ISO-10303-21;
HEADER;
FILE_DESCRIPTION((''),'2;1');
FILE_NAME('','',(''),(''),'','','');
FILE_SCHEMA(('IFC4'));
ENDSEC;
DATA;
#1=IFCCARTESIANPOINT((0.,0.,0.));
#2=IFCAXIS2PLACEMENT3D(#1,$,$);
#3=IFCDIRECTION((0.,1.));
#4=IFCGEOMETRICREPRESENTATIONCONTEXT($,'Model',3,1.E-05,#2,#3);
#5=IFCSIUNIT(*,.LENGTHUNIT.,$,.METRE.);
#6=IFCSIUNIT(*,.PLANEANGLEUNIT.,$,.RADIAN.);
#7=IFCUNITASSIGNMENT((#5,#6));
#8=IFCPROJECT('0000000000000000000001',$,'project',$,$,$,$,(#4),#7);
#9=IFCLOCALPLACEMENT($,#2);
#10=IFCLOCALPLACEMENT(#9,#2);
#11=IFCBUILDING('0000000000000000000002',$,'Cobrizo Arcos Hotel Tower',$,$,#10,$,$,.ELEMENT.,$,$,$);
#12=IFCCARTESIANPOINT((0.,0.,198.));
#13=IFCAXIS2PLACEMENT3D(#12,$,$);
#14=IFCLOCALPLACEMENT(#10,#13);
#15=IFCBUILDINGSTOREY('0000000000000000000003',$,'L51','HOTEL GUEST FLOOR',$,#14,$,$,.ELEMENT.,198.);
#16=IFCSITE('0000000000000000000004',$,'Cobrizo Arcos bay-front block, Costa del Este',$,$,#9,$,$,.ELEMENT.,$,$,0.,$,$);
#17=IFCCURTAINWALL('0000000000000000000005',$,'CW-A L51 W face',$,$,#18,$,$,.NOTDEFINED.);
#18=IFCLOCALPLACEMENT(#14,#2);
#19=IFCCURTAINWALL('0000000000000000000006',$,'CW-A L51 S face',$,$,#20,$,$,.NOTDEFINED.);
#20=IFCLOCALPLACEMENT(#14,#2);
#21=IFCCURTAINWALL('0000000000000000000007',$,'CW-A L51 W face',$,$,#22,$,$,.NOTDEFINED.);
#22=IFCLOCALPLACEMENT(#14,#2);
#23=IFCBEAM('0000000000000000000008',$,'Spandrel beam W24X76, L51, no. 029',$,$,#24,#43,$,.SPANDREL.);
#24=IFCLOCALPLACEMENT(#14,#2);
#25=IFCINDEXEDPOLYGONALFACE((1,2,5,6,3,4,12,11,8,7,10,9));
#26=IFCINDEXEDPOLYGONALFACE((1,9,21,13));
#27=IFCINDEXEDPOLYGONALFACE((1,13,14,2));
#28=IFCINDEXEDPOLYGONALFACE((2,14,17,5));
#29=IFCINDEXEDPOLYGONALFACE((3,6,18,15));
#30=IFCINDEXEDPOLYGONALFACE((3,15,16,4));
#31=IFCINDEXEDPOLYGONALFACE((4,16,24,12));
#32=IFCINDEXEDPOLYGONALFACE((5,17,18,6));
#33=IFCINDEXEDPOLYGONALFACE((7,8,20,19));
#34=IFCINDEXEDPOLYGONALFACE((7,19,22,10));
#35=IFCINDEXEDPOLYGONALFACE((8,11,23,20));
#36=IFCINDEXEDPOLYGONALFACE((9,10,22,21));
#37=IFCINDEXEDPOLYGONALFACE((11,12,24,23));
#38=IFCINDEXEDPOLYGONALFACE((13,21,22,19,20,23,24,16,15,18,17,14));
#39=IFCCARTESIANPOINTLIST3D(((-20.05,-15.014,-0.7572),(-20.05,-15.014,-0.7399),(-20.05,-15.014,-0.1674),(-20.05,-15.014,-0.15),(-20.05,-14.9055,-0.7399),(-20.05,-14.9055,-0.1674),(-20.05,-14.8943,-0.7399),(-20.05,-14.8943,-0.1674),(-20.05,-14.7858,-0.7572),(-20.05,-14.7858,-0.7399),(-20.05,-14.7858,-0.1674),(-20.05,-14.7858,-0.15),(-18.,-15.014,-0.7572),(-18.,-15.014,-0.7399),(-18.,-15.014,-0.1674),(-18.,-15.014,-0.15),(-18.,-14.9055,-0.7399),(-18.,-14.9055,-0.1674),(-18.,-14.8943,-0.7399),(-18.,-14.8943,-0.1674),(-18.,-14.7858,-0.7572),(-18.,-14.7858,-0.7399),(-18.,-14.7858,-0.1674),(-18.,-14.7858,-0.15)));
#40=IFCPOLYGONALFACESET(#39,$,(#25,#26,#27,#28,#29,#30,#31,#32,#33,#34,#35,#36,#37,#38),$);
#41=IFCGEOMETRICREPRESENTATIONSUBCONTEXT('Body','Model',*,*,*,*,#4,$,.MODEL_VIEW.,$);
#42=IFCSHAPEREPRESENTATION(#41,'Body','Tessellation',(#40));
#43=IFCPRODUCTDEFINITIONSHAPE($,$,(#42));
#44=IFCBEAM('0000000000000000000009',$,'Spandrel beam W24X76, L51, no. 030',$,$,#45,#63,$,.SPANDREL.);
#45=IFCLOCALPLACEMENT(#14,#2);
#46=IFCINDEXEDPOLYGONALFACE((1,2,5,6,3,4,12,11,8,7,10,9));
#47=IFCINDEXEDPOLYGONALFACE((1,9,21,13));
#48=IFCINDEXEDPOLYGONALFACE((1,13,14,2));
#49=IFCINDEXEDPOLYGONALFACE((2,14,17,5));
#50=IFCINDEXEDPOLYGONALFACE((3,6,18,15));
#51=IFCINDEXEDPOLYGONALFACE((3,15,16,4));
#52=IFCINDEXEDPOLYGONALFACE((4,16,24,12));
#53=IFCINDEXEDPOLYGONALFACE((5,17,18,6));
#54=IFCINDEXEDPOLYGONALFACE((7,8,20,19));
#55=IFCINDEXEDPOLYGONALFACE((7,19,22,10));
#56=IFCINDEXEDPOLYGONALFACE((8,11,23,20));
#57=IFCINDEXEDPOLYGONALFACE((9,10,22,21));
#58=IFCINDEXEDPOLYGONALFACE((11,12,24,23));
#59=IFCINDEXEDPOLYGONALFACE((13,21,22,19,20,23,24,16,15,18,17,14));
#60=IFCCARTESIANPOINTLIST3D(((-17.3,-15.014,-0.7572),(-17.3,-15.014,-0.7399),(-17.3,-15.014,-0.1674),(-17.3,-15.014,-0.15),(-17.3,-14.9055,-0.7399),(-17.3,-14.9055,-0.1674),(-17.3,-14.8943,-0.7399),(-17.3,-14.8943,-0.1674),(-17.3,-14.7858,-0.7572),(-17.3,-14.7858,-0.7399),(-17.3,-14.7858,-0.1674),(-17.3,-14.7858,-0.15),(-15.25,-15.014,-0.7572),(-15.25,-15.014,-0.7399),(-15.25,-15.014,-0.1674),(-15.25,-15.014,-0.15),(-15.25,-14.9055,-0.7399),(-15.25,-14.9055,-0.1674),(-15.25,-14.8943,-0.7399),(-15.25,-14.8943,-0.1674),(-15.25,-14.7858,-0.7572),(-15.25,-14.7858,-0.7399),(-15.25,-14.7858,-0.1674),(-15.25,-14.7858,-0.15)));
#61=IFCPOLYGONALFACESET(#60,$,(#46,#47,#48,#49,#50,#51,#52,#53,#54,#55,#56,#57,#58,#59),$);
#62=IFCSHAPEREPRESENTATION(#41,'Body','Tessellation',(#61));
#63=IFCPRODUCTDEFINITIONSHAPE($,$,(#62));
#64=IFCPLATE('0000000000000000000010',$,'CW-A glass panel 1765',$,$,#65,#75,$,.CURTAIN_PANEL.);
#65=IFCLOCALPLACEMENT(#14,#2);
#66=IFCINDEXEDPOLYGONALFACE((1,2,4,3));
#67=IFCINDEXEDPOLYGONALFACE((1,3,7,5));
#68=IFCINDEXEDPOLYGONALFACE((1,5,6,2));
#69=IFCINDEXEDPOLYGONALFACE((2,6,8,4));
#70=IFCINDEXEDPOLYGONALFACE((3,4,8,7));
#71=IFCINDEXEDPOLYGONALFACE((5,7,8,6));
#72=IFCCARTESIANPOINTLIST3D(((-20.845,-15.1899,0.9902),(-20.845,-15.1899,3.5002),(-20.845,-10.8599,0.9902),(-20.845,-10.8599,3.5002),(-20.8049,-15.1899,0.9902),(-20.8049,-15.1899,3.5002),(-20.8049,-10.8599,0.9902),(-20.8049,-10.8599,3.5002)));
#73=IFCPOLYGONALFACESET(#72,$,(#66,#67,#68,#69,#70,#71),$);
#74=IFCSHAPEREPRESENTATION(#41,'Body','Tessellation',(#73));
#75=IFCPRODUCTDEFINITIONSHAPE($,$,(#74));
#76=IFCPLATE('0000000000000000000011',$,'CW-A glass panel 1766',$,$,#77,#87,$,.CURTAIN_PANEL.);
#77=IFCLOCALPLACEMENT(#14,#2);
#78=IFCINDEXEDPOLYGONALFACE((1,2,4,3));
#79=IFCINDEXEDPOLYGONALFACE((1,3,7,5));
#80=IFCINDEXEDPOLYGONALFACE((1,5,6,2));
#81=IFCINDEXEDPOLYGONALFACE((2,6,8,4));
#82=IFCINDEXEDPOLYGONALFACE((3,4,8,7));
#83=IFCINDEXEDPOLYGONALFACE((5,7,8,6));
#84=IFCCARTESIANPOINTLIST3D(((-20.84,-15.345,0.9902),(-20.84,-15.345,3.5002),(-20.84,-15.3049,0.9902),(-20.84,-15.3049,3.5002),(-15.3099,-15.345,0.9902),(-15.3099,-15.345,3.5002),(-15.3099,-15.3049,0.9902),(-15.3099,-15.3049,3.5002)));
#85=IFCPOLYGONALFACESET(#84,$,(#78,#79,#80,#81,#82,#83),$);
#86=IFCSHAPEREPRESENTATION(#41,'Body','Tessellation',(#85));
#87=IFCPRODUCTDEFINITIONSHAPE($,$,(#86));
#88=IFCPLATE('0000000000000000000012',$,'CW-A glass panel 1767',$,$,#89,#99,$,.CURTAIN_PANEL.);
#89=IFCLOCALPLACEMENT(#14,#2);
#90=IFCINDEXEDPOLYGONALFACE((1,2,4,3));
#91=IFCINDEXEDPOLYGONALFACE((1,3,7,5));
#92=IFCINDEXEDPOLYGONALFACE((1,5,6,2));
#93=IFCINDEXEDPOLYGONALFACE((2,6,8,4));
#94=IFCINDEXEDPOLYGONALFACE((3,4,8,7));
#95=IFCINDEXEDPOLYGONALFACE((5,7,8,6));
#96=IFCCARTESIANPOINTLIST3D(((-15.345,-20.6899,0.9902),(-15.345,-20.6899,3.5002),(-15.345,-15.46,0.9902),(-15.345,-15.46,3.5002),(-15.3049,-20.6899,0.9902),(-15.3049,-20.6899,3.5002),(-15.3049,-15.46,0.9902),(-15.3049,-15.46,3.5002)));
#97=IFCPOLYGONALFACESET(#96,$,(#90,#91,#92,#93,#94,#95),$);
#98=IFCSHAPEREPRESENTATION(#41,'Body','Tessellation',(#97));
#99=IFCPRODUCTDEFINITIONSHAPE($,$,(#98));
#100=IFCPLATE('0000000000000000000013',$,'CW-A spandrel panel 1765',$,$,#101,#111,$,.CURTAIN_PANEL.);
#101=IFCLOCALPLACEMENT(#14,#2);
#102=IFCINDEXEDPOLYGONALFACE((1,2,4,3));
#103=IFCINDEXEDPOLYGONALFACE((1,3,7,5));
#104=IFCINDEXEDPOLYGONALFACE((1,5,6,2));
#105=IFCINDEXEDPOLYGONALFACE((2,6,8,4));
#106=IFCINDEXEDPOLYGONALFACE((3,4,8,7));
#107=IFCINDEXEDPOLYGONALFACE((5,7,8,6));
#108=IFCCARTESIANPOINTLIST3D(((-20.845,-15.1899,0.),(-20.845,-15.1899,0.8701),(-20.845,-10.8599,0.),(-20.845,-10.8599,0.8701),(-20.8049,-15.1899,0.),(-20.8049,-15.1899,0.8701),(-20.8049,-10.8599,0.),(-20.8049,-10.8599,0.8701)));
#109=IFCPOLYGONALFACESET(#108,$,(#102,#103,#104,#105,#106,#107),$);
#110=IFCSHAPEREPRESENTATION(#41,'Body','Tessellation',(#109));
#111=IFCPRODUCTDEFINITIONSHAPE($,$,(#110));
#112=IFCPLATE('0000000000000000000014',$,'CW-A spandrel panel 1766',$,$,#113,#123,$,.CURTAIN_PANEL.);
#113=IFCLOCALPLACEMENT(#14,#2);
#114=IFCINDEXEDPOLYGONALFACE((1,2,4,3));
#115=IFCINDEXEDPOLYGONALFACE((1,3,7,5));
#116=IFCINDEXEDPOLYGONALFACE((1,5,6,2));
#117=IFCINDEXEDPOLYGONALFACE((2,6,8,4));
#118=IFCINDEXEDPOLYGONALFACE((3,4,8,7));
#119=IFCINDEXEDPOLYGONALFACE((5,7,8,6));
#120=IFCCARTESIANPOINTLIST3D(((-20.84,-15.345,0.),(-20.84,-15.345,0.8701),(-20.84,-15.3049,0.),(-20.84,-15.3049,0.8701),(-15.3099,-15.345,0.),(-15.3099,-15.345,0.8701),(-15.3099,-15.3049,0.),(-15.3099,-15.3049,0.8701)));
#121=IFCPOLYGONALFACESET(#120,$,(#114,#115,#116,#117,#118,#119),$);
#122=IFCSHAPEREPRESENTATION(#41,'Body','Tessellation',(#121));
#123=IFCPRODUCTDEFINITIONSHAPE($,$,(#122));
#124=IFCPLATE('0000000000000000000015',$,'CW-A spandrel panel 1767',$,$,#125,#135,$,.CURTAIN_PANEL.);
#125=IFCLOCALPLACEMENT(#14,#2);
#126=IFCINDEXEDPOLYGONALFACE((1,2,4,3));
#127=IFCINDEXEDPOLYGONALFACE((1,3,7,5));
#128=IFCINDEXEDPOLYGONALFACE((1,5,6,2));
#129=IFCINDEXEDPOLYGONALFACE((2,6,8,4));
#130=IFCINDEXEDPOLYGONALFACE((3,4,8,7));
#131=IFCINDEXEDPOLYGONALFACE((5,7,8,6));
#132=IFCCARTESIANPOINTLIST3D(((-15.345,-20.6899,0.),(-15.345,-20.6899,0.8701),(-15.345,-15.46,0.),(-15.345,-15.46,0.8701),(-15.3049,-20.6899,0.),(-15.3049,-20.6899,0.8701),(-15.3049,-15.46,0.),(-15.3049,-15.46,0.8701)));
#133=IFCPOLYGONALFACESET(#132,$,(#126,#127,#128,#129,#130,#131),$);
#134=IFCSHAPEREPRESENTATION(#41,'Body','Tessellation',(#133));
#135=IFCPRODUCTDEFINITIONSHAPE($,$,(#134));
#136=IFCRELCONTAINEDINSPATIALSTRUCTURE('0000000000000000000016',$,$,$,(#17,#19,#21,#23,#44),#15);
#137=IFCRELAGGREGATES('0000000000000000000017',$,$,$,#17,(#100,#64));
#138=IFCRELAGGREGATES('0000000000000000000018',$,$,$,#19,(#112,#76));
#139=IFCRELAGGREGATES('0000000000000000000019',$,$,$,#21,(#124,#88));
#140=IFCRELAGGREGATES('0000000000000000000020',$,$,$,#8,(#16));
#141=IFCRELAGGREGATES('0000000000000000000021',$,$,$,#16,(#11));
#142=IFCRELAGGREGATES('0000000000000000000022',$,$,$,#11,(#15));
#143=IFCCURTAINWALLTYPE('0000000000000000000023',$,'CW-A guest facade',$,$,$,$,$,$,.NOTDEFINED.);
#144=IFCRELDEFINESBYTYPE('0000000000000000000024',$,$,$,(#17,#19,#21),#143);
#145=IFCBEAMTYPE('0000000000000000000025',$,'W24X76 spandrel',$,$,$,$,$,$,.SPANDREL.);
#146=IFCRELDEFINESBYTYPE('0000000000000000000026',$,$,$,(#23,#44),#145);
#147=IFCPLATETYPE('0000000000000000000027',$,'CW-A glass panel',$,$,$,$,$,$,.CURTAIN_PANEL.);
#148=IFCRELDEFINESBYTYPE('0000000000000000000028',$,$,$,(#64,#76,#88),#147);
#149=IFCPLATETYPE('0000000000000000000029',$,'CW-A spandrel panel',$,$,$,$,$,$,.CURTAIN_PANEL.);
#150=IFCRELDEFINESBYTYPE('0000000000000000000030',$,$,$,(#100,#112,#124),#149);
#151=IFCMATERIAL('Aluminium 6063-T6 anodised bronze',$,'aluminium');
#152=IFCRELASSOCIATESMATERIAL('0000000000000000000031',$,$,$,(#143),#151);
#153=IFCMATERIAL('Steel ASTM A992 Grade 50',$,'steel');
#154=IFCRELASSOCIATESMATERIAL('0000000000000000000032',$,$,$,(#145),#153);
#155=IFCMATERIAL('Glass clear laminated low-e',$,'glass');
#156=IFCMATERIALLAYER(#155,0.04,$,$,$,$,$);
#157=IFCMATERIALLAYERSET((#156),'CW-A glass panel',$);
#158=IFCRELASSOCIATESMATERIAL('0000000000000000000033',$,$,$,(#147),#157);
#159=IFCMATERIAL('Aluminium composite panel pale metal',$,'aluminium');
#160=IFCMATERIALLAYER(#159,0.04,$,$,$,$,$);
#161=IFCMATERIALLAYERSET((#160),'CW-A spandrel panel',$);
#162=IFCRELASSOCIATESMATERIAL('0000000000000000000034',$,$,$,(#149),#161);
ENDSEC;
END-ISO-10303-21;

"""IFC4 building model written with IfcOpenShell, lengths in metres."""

from ifc_helpers import new_model, si_unit, direction, frame, origin, origin_2d, place, context, subcontext, project, spatial, rectangle, i_section, extrude, material, layer, layer_set, material_profile, profile_set, type_object, element, aggregate, save


model = new_model("IFC4")

# Units and contexts
model_context = context("Model", 3, precision=1e-05, world=origin(), true_north=direction((0.0, 1.0)))
body_context = subcontext(model_context, "Body", "Model", "MODEL_VIEW")
ifc_project = project(units=[si_unit("LENGTHUNIT", "METRE"), si_unit("PLANEANGLEUNIT", "RADIAN")], contexts=[model_context])

# Site, building, storey
site_placement = place(None, origin())
site = spatial("IfcSite", under=ifc_project, at=site_placement, Name="Cobrizo Arcos bay-front block, Costa del Este", CompositionType="ELEMENT", RefElevation=0.0)
building_placement = place(site_placement, origin())
building = spatial("IfcBuilding", under=site, at=building_placement, Name="Cobrizo Arcos Hotel Tower", CompositionType="ELEMENT")
storey_placement = place(building_placement, frame((0.0, 0.0, 198.0)))
storey = spatial("IfcBuildingStorey", under=building, at=storey_placement, Name="L51", Description="HOTEL GUEST FLOOR", CompositionType="ELEMENT", Elevation=198.0)

# Shared definitions
ifc_material_1 = material(Name="Aluminium 6063-T6 anodised bronze", Category="aluminium")
curtain_wall_type = type_object("IfcCurtainWallType", Name="CW-A guest facade", PredefinedType="NOTDEFINED", material=ifc_material_1)

# Curtain wall
curtain_wall_1_placement = place(storey_placement, origin())
curtain_wall_1 = element("IfcCurtainWall", 1, at=curtain_wall_1_placement, inside=storey, type_object=curtain_wall_type, Name="CW-A L51 W face", PredefinedType="NOTDEFINED")

# Curtain walls
curtain_wall_2_placement = place(storey_placement, origin())
curtain_wall_2 = element("IfcCurtainWall", 2, at=curtain_wall_2_placement, inside=storey, type_object=curtain_wall_type, Name="CW-A L51 S face", PredefinedType="NOTDEFINED")
curtain_wall_3_placement = place(storey_placement, origin())
curtain_wall_3 = element("IfcCurtainWall", 3, at=curtain_wall_3_placement, inside=storey, type_object=curtain_wall_type, Name="CW-A L51 W face", PredefinedType="NOTDEFINED")

# Beams
ifc_material_2 = material(Name="Steel ASTM A992 Grade 50", Category="steel")
ifc_material_profile_1 = material_profile(ifc_material_2, i_section(OverallWidth=0.2283, OverallDepth=0.6072, WebThickness=0.0112, FlangeThickness=0.0173, at=origin_2d()), Name="W24X76")
ifc_profile_set_1 = profile_set([ifc_material_profile_1], Name="Steel ASTM A992 Grade 50")
beam_type_1 = type_object("IfcBeamType", Name="W24X76 spandrel", PredefinedType="SPANDREL", material=ifc_profile_set_1)
for number, where, z_axis, x_axis, name in (
    (4, (-20.05, -14.8999, -0.4536), (1.0, 0.0, 0.0), (0.0, 1.0, 0.0), "Spandrel beam W24X76, L51, no. 029"),
    (5, (-17.3, -14.8999, -0.4536), (1.0, 0.0, 0.0), (0.0, 1.0, 0.0), "Spandrel beam W24X76, L51, no. 030"),
):
    element("IfcBeam", number, at=place(storey_placement, frame(where, z_axis=z_axis, x_axis=x_axis)), inside=storey, type_object=beam_type_1, Name=name, PredefinedType="SPANDREL", context=body_context, shape_type="SweptSolid", body=[
        extrude(i_section(OverallWidth=0.2283, OverallDepth=0.6072, WebThickness=0.0112, FlangeThickness=0.0173, at=origin_2d()), origin(), (0.0, 0.0, 1.0), 2.05),
    ])

# Plates
ifc_material_3 = material(Name="Glass clear laminated low-e", Category="glass")
ifc_layer_1 = layer(ifc_material_3, 0.04)
ifc_layer_set_1 = layer_set([ifc_layer_1], Name="CW-A glass panel")
plate_type_1 = type_object("IfcPlateType", Name="CW-A glass panel", PredefinedType="CURTAIN_PANEL", material=ifc_layer_set_1)
plate_1_placement = place(storey_placement, frame((-20.825, -13.0249, 0.9902), z_axis=(0.0, 0.0, 1.0), x_axis=(0.0, -1.0, 0.0)))
plate_1 = element("IfcPlate", 6, at=plate_1_placement, type_object=plate_type_1, Name="CW-A glass panel 1765", PredefinedType="CURTAIN_PANEL", context=body_context, shape_type="SweptSolid", body=[
    extrude(rectangle(XDim=4.3301, YDim=0.04, at=origin_2d()), origin(), (0.0, 0.0, 1.0), 2.51),
])
plate_2_placement = place(storey_placement, frame((-18.075, -15.325, 0.9902), z_axis=(0.0, 0.0, 1.0), x_axis=(1.0, 0.0, 0.0)))
plate_2 = element("IfcPlate", 7, at=plate_2_placement, type_object=plate_type_1, Name="CW-A glass panel 1766", PredefinedType="CURTAIN_PANEL", context=body_context, shape_type="SweptSolid", body=[
    extrude(rectangle(XDim=5.53, YDim=0.04, at=origin_2d()), origin(), (0.0, 0.0, 1.0), 2.51),
])
plate_3_placement = place(storey_placement, frame((-15.325, -18.075, 0.9902), z_axis=(0.0, 0.0, 1.0), x_axis=(0.0, -1.0, 0.0)))
plate_3 = element("IfcPlate", 8, at=plate_3_placement, type_object=plate_type_1, Name="CW-A glass panel 1767", PredefinedType="CURTAIN_PANEL", context=body_context, shape_type="SweptSolid", body=[
    extrude(rectangle(XDim=5.23, YDim=0.04, at=origin_2d()), origin(), (0.0, 0.0, 1.0), 2.51),
])
ifc_material_4 = material(Name="Aluminium composite panel pale metal", Category="aluminium")
ifc_layer_2 = layer(ifc_material_4, 0.04)
ifc_layer_set_2 = layer_set([ifc_layer_2], Name="CW-A spandrel panel")
plate_type_2 = type_object("IfcPlateType", Name="CW-A spandrel panel", PredefinedType="CURTAIN_PANEL", material=ifc_layer_set_2)
plate_4_placement = place(storey_placement, frame((-20.825, -13.0249, 0.0), z_axis=(0.0, 0.0, 1.0), x_axis=(0.0, -1.0, 0.0)))
plate_4 = element("IfcPlate", 9, at=plate_4_placement, type_object=plate_type_2, Name="CW-A spandrel panel 1765", PredefinedType="CURTAIN_PANEL", context=body_context, shape_type="SweptSolid", body=[
    extrude(rectangle(XDim=4.3301, YDim=0.04, at=origin_2d()), origin(), (0.0, 0.0, 1.0), 0.8701),
])
aggregate(curtain_wall_1, [plate_4, plate_1])
plate_5_placement = place(storey_placement, frame((-18.075, -15.325, 0.0), z_axis=(0.0, 0.0, 1.0), x_axis=(1.0, 0.0, 0.0)))
plate_5 = element("IfcPlate", 10, at=plate_5_placement, type_object=plate_type_2, Name="CW-A spandrel panel 1766", PredefinedType="CURTAIN_PANEL", context=body_context, shape_type="SweptSolid", body=[
    extrude(rectangle(XDim=5.53, YDim=0.04, at=origin_2d()), origin(), (0.0, 0.0, 1.0), 0.8701),
])
aggregate(curtain_wall_2, [plate_5, plate_2])
plate_6_placement = place(storey_placement, frame((-15.325, -18.075, 0.0), z_axis=(0.0, 0.0, 1.0), x_axis=(0.0, -1.0, 0.0)))
plate_6 = element("IfcPlate", 11, at=plate_6_placement, type_object=plate_type_2, Name="CW-A spandrel panel 1767", PredefinedType="CURTAIN_PANEL", context=body_context, shape_type="SweptSolid", body=[
    extrude(rectangle(XDim=5.23, YDim=0.04, at=origin_2d()), origin(), (0.0, 0.0, 1.0), 0.8701),
])
aggregate(curtain_wall_3, [plate_6, plate_3])

save(model, "model.ifc")
